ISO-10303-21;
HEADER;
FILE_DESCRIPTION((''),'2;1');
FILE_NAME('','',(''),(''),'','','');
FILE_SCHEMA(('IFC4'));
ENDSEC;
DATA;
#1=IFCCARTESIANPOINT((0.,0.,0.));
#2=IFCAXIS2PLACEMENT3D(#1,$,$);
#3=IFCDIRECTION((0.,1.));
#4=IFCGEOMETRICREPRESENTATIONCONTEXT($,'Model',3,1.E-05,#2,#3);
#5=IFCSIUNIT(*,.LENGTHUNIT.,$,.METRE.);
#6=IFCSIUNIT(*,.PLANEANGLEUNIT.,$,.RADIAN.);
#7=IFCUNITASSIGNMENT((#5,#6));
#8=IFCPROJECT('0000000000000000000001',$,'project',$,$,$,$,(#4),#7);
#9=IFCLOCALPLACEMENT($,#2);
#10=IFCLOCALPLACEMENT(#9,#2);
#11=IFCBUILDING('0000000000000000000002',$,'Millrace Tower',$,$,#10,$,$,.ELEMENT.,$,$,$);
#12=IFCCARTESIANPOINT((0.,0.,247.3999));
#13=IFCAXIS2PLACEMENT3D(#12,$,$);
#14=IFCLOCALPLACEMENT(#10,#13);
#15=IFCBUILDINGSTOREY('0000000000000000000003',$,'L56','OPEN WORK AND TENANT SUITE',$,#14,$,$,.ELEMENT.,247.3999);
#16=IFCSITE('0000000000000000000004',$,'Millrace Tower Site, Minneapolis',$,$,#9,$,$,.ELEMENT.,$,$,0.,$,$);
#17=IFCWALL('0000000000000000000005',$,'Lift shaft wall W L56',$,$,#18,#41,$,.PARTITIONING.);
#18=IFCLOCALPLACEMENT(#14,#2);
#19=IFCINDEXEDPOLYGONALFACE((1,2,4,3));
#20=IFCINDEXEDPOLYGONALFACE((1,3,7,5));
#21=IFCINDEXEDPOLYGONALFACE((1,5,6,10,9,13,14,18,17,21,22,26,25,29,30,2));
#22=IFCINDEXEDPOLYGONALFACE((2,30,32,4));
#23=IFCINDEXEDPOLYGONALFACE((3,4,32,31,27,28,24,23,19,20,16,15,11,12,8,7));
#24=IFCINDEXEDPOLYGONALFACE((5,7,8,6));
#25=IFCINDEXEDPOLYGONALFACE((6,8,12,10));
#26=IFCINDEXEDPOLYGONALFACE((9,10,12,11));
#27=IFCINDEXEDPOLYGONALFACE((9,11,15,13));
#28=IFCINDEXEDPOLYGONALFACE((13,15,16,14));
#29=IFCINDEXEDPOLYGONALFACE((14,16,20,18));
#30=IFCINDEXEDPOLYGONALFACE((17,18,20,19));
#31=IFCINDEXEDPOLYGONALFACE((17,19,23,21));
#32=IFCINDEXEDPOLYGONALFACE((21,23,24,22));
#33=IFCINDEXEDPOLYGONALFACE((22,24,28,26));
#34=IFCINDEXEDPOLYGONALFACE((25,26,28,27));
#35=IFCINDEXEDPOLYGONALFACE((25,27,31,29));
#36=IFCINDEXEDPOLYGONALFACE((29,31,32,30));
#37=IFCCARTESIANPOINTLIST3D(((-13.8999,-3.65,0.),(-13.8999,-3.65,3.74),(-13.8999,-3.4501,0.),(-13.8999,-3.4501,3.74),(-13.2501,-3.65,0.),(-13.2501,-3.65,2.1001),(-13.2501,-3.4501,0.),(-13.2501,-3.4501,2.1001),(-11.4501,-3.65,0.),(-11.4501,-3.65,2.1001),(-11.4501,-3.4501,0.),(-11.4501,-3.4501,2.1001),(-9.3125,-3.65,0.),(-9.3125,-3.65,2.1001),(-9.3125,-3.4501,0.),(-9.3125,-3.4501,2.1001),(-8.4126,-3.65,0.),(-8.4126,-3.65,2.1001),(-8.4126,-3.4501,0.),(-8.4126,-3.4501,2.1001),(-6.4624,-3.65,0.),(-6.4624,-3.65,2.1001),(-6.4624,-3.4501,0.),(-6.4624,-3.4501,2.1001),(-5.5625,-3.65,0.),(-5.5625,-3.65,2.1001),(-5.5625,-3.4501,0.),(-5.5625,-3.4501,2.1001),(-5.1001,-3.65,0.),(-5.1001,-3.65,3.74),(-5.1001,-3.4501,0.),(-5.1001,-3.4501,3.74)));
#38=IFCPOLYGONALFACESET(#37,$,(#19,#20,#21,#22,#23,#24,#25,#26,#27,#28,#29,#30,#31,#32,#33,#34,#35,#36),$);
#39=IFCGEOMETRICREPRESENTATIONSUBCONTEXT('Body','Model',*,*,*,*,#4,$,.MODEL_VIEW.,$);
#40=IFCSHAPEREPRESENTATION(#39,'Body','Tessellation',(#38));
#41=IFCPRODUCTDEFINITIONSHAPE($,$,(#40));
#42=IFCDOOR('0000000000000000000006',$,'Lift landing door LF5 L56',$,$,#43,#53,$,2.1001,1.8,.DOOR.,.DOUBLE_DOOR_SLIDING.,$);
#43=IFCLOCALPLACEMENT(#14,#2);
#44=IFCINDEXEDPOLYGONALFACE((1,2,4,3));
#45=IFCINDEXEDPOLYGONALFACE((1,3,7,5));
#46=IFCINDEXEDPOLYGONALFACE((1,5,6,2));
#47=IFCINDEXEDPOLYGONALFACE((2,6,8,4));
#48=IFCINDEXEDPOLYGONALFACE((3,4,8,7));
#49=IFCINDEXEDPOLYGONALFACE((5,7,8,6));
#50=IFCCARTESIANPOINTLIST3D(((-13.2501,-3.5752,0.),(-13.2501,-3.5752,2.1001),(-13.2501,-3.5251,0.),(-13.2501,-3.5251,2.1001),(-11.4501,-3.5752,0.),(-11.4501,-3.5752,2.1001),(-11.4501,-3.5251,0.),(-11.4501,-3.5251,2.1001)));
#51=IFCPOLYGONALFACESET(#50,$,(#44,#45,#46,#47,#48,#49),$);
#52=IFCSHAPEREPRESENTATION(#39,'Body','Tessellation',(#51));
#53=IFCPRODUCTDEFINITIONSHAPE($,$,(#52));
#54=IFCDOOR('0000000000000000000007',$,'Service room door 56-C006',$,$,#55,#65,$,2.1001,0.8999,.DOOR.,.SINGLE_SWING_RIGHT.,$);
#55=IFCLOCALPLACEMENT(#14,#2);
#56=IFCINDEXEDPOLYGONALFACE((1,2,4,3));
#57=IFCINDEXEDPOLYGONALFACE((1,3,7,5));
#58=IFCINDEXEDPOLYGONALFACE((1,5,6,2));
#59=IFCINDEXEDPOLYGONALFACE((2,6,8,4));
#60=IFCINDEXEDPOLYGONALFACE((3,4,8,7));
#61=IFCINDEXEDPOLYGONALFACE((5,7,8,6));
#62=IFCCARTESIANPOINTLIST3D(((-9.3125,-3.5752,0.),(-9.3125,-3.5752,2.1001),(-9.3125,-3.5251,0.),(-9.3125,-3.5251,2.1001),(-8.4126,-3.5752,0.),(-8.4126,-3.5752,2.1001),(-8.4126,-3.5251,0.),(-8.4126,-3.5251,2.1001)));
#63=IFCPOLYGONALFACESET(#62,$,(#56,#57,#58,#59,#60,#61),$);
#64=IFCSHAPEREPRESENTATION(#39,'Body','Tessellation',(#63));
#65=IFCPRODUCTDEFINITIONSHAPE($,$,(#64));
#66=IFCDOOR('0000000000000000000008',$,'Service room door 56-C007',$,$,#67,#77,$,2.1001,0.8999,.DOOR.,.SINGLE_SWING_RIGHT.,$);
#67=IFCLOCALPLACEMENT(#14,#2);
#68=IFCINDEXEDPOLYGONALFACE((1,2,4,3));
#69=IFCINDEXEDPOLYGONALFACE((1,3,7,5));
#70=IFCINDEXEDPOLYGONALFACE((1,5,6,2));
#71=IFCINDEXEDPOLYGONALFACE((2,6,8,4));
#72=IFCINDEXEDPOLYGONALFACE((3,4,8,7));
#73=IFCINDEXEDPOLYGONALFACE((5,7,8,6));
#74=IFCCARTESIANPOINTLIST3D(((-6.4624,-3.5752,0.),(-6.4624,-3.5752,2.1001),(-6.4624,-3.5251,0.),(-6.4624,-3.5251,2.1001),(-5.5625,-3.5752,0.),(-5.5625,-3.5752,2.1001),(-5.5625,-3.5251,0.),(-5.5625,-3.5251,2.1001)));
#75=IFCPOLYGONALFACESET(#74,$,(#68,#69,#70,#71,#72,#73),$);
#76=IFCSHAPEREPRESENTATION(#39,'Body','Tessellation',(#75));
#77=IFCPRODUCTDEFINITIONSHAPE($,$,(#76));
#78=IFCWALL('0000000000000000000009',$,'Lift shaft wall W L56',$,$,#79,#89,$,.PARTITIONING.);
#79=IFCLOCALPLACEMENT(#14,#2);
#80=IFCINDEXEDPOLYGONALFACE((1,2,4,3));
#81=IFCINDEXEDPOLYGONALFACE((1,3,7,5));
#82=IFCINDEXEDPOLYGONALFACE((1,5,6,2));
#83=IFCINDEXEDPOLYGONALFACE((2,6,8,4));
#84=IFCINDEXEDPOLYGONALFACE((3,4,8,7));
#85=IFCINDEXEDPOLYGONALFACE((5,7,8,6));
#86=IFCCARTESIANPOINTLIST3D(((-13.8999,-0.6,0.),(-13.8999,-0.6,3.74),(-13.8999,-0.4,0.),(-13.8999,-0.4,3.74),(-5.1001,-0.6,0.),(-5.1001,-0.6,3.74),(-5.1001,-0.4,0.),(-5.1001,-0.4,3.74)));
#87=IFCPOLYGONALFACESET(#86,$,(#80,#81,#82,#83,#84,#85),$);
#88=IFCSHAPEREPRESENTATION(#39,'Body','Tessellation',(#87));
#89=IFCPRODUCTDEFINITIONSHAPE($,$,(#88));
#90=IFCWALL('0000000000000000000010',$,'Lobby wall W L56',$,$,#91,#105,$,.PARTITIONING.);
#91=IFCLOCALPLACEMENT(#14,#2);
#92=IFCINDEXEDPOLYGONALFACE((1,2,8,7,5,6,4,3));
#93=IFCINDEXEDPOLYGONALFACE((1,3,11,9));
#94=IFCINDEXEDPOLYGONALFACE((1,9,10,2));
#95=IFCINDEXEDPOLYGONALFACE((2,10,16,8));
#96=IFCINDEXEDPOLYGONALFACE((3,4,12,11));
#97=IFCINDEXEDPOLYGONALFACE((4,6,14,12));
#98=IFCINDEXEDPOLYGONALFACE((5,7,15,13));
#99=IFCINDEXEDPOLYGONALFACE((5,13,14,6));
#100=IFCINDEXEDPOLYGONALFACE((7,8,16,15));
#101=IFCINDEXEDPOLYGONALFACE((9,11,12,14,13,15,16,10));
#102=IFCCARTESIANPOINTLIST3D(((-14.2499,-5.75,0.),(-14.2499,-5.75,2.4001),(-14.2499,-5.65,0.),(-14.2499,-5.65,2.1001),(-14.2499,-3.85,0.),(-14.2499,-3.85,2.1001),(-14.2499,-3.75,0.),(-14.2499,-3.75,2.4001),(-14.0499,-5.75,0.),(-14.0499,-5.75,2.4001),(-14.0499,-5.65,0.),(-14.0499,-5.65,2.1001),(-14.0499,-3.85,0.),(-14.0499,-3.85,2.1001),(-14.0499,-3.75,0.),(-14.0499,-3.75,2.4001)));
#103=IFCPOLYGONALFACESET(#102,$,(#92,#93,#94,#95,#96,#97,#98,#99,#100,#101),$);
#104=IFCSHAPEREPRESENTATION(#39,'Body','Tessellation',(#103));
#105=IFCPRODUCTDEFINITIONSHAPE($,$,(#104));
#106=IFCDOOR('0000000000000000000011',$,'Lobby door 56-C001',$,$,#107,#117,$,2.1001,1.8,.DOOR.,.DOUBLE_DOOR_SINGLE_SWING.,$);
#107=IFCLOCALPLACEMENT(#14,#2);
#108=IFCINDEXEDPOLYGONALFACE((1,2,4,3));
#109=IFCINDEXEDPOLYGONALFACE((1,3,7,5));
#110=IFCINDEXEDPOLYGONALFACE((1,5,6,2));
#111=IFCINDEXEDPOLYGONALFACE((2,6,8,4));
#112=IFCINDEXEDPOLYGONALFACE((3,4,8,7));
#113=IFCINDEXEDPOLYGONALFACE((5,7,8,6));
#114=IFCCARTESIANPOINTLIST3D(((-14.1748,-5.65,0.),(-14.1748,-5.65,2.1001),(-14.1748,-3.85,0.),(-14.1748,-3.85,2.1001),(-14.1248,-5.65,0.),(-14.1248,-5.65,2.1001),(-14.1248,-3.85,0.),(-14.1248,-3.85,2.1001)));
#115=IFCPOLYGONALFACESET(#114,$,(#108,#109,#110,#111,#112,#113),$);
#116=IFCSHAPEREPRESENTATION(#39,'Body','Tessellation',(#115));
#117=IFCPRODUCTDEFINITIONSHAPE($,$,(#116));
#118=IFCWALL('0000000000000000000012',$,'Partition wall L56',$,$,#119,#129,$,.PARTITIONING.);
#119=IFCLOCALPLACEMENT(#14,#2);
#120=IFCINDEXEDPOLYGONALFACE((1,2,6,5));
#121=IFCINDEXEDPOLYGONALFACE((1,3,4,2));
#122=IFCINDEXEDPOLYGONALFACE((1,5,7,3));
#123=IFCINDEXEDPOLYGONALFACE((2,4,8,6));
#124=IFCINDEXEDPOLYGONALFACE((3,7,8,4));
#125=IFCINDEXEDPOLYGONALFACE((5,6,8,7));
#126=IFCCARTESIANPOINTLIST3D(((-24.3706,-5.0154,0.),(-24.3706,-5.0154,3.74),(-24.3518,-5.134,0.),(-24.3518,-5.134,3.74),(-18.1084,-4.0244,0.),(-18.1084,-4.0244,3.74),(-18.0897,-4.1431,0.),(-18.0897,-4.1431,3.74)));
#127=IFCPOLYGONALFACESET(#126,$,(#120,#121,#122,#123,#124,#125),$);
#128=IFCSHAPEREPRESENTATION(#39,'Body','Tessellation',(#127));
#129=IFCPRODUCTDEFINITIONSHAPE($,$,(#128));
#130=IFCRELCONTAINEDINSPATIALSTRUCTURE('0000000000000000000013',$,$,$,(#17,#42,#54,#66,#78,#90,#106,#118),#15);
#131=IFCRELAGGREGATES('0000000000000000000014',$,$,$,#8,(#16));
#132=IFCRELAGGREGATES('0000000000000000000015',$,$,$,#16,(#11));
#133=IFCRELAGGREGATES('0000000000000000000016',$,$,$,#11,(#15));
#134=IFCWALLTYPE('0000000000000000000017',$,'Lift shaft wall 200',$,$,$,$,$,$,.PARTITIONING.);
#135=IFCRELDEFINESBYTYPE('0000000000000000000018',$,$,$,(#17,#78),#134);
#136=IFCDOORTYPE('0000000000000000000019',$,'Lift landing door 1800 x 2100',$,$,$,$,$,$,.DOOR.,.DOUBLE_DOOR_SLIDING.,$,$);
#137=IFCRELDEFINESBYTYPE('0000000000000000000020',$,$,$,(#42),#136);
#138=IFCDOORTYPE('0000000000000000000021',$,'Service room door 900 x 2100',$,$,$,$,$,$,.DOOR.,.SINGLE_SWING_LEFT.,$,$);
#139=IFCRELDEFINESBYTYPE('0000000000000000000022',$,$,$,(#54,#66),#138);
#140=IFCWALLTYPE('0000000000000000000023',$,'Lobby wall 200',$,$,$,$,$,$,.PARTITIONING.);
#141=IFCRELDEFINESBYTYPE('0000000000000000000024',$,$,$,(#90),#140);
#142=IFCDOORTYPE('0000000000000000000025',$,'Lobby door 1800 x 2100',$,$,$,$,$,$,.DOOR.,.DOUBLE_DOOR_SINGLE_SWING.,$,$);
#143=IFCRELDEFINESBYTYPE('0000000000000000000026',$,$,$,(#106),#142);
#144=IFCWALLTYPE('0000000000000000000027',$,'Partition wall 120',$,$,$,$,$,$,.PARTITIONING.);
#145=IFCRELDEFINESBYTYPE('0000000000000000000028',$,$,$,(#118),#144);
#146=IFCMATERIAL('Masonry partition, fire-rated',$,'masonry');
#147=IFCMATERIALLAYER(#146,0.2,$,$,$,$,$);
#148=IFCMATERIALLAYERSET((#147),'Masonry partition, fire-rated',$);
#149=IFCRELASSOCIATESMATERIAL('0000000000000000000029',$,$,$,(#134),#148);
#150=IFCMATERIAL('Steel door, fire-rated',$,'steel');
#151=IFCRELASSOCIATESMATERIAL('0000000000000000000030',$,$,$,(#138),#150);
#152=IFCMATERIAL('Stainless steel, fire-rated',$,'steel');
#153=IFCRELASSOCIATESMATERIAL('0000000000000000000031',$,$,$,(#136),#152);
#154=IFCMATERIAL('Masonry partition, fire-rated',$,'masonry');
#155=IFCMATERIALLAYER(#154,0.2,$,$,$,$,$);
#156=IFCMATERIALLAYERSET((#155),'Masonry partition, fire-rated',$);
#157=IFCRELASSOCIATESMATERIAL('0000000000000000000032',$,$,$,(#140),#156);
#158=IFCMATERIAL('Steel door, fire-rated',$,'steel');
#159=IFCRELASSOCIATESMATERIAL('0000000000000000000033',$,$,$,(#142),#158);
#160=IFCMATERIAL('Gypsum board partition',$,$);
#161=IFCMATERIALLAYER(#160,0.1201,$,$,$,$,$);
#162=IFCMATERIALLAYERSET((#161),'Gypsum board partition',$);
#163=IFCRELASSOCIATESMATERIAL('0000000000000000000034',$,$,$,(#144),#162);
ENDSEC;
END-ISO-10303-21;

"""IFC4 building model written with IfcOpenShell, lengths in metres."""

from ifc_helpers import new_model, si_unit, direction, frame, frame_2d, origin, place, context, subcontext, project, spatial, rectangle, extrude, material, layer, layer_set, type_object, element, fill, save


model = new_model("IFC4")

# Units and contexts
model_context = context("Model", 3, precision=1e-05, world=origin(), true_north=direction((0.0, 1.0)))
body_context = subcontext(model_context, "Body", "Model", "MODEL_VIEW")
ifc_project = project(units=[si_unit("LENGTHUNIT", "METRE"), si_unit("PLANEANGLEUNIT", "RADIAN")], contexts=[model_context])

# Site, building, storey
site_placement = place(None, origin())
site = spatial("IfcSite", under=ifc_project, at=site_placement, Name="Millrace Tower Site, Minneapolis", CompositionType="ELEMENT", RefElevation=0.0)
building_placement = place(site_placement, origin())
building = spatial("IfcBuilding", under=site, at=building_placement, Name="Millrace Tower", CompositionType="ELEMENT")
storey_placement = place(building_placement, frame((0.0, 0.0, 247.3999)))
storey = spatial("IfcBuildingStorey", under=building, at=storey_placement, Name="L56", Description="OPEN WORK AND TENANT SUITE", CompositionType="ELEMENT", Elevation=247.3999)

# Wall, openings, doors
ifc_material_1 = material(Name="Masonry partition, fire-rated", Category="masonry")
ifc_layer_1 = layer(ifc_material_1, 0.2)
ifc_layer_set_1 = layer_set([ifc_layer_1], Name="Masonry partition, fire-rated")
wall_type_1 = type_object("IfcWallType", Name="Lift shaft wall 200", PredefinedType="PARTITIONING", material=ifc_layer_set_1)
ifc_material_2 = material(Name="Steel door, fire-rated", Category="steel")
door_type_1 = type_object("IfcDoorType", Name="Service room door 900 x 2100", OperationType="SINGLE_SWING_LEFT", PredefinedType="DOOR", material=ifc_material_2)
wall_1_placement = place(storey_placement, frame((-13.8999, -3.55, 0.0), z_axis=(0.0, 0.0, 1.0), x_axis=(1.0, 0.0, 0.0)))
wall_1 = element("IfcWall", 1, at=wall_1_placement, inside=storey, type_object=wall_type_1, Name="Lift shaft wall W L56", PredefinedType="PARTITIONING", context=body_context, shape_type="SweptSolid", body=[
    extrude(rectangle(XDim=8.7998, YDim=0.2, at=frame_2d((4.3999, 0.0))), origin(), (0.0, 0.0, 1.0), 3.74),
])
opening_1_placement = place(wall_1_placement, frame((0.6499, 0.0, 0.0)))
opening_1 = element("IfcOpeningElement", 2, at=opening_1_placement, cuts=wall_1, PredefinedType="OPENING", context=body_context, shape_type="SweptSolid", body=[
    extrude(rectangle(XDim=1.8, YDim=2.1001, at=frame_2d((0.8999, 1.05))), frame((0.0, 0.1099, 0.0), z_axis=(0.0, -1.0, 0.0), x_axis=(1.0, 0.0, 0.0)), (0.0, 0.0, 1.0), 0.22),
])
opening_2_placement = place(wall_1_placement, frame((4.5874, 0.0, 0.0)))
opening_2 = element("IfcOpeningElement", 3, at=opening_2_placement, cuts=wall_1, PredefinedType="OPENING", context=body_context, shape_type="SweptSolid", body=[
    extrude(rectangle(XDim=0.8999, YDim=2.1001, at=frame_2d((0.45, 1.05))), frame((0.0, 0.1099, 0.0), z_axis=(0.0, -1.0, 0.0), x_axis=(1.0, 0.0, 0.0)), (0.0, 0.0, 1.0), 0.22),
])
opening_3_placement = place(wall_1_placement, frame((7.4375, 0.0, 0.0)))
opening_3 = element("IfcOpeningElement", 4, at=opening_3_placement, cuts=wall_1, PredefinedType="OPENING", context=body_context, shape_type="SweptSolid", body=[
    extrude(rectangle(XDim=0.8999, YDim=2.1001, at=frame_2d((0.45, 1.05))), frame((0.0, 0.1099, 0.0), z_axis=(0.0, -1.0, 0.0), x_axis=(1.0, 0.0, 0.0)), (0.0, 0.0, 1.0), 0.22),
])
ifc_material_3 = material(Name="Stainless steel, fire-rated", Category="steel")
door_type_2 = type_object("IfcDoorType", Name="Lift landing door 1800 x 2100", OperationType="DOUBLE_DOOR_SLIDING", PredefinedType="DOOR", material=ifc_material_3)
door_1_placement = place(opening_1_placement, origin())
door_1 = element("IfcDoor", 5, at=door_1_placement, inside=storey, type_object=door_type_2, Name="Lift landing door LF5 L56", OperationType="DOUBLE_DOOR_SLIDING", OverallHeight=2.1001, OverallWidth=1.8, PredefinedType="DOOR", context=body_context, shape_type="SweptSolid", body=[
    extrude(rectangle(XDim=1.8, YDim=2.1001, at=frame_2d((0.8999, 1.05))), frame((0.0, 0.0249, 0.0), z_axis=(0.0, -1.0, 0.0), x_axis=(1.0, 0.0, 0.0)), (0.0, 0.0, 1.0), 0.05),
])
fill(opening_1, door_1)
door_2_placement = place(opening_2_placement, origin())
door_2 = element("IfcDoor", 6, at=door_2_placement, inside=storey, type_object=door_type_1, Name="Service room door 56-C006", OperationType="SINGLE_SWING_RIGHT", OverallHeight=2.1001, OverallWidth=0.8999, PredefinedType="DOOR", context=body_context, shape_type="SweptSolid", body=[
    extrude(rectangle(XDim=0.8999, YDim=2.1001, at=frame_2d((0.45, 1.05))), frame((0.0, 0.0249, 0.0), z_axis=(0.0, -1.0, 0.0), x_axis=(1.0, 0.0, 0.0)), (0.0, 0.0, 1.0), 0.05),
])
fill(opening_2, door_2)
door_3_placement = place(opening_3_placement, origin())
door_3 = element("IfcDoor", 7, at=door_3_placement, inside=storey, type_object=door_type_1, Name="Service room door 56-C007", OperationType="SINGLE_SWING_RIGHT", OverallHeight=2.1001, OverallWidth=0.8999, PredefinedType="DOOR", context=body_context, shape_type="SweptSolid", body=[
    extrude(rectangle(XDim=0.8999, YDim=2.1001, at=frame_2d((0.45, 1.05))), frame((0.0, 0.0249, 0.0), z_axis=(0.0, -1.0, 0.0), x_axis=(1.0, 0.0, 0.0)), (0.0, 0.0, 1.0), 0.05),
])
fill(opening_3, door_3)

# Wall
wall_2_placement = place(storey_placement, frame((-13.8999, -0.5, 0.0), z_axis=(0.0, 0.0, 1.0), x_axis=(1.0, 0.0, 0.0)))
element("IfcWall", 8, at=wall_2_placement, inside=storey, type_object=wall_type_1, Name="Lift shaft wall W L56", PredefinedType="PARTITIONING", context=body_context, shape_type="SweptSolid", body=[
    extrude(rectangle(XDim=8.7998, YDim=0.2, at=frame_2d((4.3999, 0.0))), origin(), (0.0, 0.0, 1.0), 3.74),
])

# Wall, opening, door
ifc_material_4 = material(Name="Masonry partition, fire-rated", Category="masonry")
ifc_layer_2 = layer(ifc_material_4, 0.2)
ifc_layer_set_2 = layer_set([ifc_layer_2], Name="Masonry partition, fire-rated")
wall_type_2 = type_object("IfcWallType", Name="Lobby wall 200", PredefinedType="PARTITIONING", material=ifc_layer_set_2)
wall_3_placement = place(storey_placement, frame((-14.1499, -5.75, 0.0), z_axis=(0.0, 0.0, 1.0), x_axis=(0.0, 1.0, 0.0)))
wall_3 = element("IfcWall", 9, at=wall_3_placement, inside=storey, type_object=wall_type_2, Name="Lobby wall W L56", PredefinedType="PARTITIONING", context=body_context, shape_type="SweptSolid", body=[
    extrude(rectangle(XDim=2.0, YDim=0.2, at=frame_2d((1.0, 0.0))), origin(), (0.0, 0.0, 1.0), 2.4001),
])
opening_4_placement = place(wall_3_placement, frame((0.1001, 0.0, 0.0)))
opening_4 = element("IfcOpeningElement", 10, at=opening_4_placement, cuts=wall_3, PredefinedType="OPENING", context=body_context, shape_type="SweptSolid", body=[
    extrude(rectangle(XDim=1.8, YDim=2.1001, at=frame_2d((0.8999, 1.05))), frame((0.0, 0.1099, 0.0), z_axis=(0.0, -1.0, 0.0), x_axis=(1.0, 0.0, 0.0)), (0.0, 0.0, 1.0), 0.22),
])
ifc_material_5 = material(Name="Steel door, fire-rated", Category="steel")
door_type_3 = type_object("IfcDoorType", Name="Lobby door 1800 x 2100", OperationType="DOUBLE_DOOR_SINGLE_SWING", PredefinedType="DOOR", material=ifc_material_5)
door_4_placement = place(opening_4_placement, origin())
door_4 = element("IfcDoor", 11, at=door_4_placement, inside=storey, type_object=door_type_3, Name="Lobby door 56-C001", OperationType="DOUBLE_DOOR_SINGLE_SWING", OverallHeight=2.1001, OverallWidth=1.8, PredefinedType="DOOR", context=body_context, shape_type="SweptSolid", body=[
    extrude(rectangle(XDim=1.8, YDim=2.1001, at=frame_2d((0.8999, 1.05))), frame((0.0, 0.0249, 0.0), z_axis=(0.0, -1.0, 0.0), x_axis=(1.0, 0.0, 0.0)), (0.0, 0.0, 1.0), 0.05),
])
fill(opening_4, door_4)

# Wall
ifc_material_6 = material(Name="Gypsum board partition")
ifc_layer_3 = layer(ifc_material_6, 0.1201)
ifc_layer_set_3 = layer_set([ifc_layer_3], Name="Gypsum board partition")
wall_type_3 = type_object("IfcWallType", Name="Partition wall 120", PredefinedType="PARTITIONING", material=ifc_layer_set_3)
wall_4_placement = place(storey_placement, frame((-24.3611, -5.0747, 0.0), z_axis=(0.0, 0.0, 1.0), x_axis=(0.98771, 0.156301, 0.0)))
element("IfcWall", 12, at=wall_4_placement, inside=storey, type_object=wall_type_3, Name="Partition wall L56", PredefinedType="PARTITIONING", context=body_context, shape_type="SweptSolid", body=[
    extrude(rectangle(XDim=6.3401, YDim=0.1201, at=frame_2d((3.1699, 0.0))), origin(), (0.0, 0.0, 1.0), 3.74),
])

save(model, "model.ifc")
